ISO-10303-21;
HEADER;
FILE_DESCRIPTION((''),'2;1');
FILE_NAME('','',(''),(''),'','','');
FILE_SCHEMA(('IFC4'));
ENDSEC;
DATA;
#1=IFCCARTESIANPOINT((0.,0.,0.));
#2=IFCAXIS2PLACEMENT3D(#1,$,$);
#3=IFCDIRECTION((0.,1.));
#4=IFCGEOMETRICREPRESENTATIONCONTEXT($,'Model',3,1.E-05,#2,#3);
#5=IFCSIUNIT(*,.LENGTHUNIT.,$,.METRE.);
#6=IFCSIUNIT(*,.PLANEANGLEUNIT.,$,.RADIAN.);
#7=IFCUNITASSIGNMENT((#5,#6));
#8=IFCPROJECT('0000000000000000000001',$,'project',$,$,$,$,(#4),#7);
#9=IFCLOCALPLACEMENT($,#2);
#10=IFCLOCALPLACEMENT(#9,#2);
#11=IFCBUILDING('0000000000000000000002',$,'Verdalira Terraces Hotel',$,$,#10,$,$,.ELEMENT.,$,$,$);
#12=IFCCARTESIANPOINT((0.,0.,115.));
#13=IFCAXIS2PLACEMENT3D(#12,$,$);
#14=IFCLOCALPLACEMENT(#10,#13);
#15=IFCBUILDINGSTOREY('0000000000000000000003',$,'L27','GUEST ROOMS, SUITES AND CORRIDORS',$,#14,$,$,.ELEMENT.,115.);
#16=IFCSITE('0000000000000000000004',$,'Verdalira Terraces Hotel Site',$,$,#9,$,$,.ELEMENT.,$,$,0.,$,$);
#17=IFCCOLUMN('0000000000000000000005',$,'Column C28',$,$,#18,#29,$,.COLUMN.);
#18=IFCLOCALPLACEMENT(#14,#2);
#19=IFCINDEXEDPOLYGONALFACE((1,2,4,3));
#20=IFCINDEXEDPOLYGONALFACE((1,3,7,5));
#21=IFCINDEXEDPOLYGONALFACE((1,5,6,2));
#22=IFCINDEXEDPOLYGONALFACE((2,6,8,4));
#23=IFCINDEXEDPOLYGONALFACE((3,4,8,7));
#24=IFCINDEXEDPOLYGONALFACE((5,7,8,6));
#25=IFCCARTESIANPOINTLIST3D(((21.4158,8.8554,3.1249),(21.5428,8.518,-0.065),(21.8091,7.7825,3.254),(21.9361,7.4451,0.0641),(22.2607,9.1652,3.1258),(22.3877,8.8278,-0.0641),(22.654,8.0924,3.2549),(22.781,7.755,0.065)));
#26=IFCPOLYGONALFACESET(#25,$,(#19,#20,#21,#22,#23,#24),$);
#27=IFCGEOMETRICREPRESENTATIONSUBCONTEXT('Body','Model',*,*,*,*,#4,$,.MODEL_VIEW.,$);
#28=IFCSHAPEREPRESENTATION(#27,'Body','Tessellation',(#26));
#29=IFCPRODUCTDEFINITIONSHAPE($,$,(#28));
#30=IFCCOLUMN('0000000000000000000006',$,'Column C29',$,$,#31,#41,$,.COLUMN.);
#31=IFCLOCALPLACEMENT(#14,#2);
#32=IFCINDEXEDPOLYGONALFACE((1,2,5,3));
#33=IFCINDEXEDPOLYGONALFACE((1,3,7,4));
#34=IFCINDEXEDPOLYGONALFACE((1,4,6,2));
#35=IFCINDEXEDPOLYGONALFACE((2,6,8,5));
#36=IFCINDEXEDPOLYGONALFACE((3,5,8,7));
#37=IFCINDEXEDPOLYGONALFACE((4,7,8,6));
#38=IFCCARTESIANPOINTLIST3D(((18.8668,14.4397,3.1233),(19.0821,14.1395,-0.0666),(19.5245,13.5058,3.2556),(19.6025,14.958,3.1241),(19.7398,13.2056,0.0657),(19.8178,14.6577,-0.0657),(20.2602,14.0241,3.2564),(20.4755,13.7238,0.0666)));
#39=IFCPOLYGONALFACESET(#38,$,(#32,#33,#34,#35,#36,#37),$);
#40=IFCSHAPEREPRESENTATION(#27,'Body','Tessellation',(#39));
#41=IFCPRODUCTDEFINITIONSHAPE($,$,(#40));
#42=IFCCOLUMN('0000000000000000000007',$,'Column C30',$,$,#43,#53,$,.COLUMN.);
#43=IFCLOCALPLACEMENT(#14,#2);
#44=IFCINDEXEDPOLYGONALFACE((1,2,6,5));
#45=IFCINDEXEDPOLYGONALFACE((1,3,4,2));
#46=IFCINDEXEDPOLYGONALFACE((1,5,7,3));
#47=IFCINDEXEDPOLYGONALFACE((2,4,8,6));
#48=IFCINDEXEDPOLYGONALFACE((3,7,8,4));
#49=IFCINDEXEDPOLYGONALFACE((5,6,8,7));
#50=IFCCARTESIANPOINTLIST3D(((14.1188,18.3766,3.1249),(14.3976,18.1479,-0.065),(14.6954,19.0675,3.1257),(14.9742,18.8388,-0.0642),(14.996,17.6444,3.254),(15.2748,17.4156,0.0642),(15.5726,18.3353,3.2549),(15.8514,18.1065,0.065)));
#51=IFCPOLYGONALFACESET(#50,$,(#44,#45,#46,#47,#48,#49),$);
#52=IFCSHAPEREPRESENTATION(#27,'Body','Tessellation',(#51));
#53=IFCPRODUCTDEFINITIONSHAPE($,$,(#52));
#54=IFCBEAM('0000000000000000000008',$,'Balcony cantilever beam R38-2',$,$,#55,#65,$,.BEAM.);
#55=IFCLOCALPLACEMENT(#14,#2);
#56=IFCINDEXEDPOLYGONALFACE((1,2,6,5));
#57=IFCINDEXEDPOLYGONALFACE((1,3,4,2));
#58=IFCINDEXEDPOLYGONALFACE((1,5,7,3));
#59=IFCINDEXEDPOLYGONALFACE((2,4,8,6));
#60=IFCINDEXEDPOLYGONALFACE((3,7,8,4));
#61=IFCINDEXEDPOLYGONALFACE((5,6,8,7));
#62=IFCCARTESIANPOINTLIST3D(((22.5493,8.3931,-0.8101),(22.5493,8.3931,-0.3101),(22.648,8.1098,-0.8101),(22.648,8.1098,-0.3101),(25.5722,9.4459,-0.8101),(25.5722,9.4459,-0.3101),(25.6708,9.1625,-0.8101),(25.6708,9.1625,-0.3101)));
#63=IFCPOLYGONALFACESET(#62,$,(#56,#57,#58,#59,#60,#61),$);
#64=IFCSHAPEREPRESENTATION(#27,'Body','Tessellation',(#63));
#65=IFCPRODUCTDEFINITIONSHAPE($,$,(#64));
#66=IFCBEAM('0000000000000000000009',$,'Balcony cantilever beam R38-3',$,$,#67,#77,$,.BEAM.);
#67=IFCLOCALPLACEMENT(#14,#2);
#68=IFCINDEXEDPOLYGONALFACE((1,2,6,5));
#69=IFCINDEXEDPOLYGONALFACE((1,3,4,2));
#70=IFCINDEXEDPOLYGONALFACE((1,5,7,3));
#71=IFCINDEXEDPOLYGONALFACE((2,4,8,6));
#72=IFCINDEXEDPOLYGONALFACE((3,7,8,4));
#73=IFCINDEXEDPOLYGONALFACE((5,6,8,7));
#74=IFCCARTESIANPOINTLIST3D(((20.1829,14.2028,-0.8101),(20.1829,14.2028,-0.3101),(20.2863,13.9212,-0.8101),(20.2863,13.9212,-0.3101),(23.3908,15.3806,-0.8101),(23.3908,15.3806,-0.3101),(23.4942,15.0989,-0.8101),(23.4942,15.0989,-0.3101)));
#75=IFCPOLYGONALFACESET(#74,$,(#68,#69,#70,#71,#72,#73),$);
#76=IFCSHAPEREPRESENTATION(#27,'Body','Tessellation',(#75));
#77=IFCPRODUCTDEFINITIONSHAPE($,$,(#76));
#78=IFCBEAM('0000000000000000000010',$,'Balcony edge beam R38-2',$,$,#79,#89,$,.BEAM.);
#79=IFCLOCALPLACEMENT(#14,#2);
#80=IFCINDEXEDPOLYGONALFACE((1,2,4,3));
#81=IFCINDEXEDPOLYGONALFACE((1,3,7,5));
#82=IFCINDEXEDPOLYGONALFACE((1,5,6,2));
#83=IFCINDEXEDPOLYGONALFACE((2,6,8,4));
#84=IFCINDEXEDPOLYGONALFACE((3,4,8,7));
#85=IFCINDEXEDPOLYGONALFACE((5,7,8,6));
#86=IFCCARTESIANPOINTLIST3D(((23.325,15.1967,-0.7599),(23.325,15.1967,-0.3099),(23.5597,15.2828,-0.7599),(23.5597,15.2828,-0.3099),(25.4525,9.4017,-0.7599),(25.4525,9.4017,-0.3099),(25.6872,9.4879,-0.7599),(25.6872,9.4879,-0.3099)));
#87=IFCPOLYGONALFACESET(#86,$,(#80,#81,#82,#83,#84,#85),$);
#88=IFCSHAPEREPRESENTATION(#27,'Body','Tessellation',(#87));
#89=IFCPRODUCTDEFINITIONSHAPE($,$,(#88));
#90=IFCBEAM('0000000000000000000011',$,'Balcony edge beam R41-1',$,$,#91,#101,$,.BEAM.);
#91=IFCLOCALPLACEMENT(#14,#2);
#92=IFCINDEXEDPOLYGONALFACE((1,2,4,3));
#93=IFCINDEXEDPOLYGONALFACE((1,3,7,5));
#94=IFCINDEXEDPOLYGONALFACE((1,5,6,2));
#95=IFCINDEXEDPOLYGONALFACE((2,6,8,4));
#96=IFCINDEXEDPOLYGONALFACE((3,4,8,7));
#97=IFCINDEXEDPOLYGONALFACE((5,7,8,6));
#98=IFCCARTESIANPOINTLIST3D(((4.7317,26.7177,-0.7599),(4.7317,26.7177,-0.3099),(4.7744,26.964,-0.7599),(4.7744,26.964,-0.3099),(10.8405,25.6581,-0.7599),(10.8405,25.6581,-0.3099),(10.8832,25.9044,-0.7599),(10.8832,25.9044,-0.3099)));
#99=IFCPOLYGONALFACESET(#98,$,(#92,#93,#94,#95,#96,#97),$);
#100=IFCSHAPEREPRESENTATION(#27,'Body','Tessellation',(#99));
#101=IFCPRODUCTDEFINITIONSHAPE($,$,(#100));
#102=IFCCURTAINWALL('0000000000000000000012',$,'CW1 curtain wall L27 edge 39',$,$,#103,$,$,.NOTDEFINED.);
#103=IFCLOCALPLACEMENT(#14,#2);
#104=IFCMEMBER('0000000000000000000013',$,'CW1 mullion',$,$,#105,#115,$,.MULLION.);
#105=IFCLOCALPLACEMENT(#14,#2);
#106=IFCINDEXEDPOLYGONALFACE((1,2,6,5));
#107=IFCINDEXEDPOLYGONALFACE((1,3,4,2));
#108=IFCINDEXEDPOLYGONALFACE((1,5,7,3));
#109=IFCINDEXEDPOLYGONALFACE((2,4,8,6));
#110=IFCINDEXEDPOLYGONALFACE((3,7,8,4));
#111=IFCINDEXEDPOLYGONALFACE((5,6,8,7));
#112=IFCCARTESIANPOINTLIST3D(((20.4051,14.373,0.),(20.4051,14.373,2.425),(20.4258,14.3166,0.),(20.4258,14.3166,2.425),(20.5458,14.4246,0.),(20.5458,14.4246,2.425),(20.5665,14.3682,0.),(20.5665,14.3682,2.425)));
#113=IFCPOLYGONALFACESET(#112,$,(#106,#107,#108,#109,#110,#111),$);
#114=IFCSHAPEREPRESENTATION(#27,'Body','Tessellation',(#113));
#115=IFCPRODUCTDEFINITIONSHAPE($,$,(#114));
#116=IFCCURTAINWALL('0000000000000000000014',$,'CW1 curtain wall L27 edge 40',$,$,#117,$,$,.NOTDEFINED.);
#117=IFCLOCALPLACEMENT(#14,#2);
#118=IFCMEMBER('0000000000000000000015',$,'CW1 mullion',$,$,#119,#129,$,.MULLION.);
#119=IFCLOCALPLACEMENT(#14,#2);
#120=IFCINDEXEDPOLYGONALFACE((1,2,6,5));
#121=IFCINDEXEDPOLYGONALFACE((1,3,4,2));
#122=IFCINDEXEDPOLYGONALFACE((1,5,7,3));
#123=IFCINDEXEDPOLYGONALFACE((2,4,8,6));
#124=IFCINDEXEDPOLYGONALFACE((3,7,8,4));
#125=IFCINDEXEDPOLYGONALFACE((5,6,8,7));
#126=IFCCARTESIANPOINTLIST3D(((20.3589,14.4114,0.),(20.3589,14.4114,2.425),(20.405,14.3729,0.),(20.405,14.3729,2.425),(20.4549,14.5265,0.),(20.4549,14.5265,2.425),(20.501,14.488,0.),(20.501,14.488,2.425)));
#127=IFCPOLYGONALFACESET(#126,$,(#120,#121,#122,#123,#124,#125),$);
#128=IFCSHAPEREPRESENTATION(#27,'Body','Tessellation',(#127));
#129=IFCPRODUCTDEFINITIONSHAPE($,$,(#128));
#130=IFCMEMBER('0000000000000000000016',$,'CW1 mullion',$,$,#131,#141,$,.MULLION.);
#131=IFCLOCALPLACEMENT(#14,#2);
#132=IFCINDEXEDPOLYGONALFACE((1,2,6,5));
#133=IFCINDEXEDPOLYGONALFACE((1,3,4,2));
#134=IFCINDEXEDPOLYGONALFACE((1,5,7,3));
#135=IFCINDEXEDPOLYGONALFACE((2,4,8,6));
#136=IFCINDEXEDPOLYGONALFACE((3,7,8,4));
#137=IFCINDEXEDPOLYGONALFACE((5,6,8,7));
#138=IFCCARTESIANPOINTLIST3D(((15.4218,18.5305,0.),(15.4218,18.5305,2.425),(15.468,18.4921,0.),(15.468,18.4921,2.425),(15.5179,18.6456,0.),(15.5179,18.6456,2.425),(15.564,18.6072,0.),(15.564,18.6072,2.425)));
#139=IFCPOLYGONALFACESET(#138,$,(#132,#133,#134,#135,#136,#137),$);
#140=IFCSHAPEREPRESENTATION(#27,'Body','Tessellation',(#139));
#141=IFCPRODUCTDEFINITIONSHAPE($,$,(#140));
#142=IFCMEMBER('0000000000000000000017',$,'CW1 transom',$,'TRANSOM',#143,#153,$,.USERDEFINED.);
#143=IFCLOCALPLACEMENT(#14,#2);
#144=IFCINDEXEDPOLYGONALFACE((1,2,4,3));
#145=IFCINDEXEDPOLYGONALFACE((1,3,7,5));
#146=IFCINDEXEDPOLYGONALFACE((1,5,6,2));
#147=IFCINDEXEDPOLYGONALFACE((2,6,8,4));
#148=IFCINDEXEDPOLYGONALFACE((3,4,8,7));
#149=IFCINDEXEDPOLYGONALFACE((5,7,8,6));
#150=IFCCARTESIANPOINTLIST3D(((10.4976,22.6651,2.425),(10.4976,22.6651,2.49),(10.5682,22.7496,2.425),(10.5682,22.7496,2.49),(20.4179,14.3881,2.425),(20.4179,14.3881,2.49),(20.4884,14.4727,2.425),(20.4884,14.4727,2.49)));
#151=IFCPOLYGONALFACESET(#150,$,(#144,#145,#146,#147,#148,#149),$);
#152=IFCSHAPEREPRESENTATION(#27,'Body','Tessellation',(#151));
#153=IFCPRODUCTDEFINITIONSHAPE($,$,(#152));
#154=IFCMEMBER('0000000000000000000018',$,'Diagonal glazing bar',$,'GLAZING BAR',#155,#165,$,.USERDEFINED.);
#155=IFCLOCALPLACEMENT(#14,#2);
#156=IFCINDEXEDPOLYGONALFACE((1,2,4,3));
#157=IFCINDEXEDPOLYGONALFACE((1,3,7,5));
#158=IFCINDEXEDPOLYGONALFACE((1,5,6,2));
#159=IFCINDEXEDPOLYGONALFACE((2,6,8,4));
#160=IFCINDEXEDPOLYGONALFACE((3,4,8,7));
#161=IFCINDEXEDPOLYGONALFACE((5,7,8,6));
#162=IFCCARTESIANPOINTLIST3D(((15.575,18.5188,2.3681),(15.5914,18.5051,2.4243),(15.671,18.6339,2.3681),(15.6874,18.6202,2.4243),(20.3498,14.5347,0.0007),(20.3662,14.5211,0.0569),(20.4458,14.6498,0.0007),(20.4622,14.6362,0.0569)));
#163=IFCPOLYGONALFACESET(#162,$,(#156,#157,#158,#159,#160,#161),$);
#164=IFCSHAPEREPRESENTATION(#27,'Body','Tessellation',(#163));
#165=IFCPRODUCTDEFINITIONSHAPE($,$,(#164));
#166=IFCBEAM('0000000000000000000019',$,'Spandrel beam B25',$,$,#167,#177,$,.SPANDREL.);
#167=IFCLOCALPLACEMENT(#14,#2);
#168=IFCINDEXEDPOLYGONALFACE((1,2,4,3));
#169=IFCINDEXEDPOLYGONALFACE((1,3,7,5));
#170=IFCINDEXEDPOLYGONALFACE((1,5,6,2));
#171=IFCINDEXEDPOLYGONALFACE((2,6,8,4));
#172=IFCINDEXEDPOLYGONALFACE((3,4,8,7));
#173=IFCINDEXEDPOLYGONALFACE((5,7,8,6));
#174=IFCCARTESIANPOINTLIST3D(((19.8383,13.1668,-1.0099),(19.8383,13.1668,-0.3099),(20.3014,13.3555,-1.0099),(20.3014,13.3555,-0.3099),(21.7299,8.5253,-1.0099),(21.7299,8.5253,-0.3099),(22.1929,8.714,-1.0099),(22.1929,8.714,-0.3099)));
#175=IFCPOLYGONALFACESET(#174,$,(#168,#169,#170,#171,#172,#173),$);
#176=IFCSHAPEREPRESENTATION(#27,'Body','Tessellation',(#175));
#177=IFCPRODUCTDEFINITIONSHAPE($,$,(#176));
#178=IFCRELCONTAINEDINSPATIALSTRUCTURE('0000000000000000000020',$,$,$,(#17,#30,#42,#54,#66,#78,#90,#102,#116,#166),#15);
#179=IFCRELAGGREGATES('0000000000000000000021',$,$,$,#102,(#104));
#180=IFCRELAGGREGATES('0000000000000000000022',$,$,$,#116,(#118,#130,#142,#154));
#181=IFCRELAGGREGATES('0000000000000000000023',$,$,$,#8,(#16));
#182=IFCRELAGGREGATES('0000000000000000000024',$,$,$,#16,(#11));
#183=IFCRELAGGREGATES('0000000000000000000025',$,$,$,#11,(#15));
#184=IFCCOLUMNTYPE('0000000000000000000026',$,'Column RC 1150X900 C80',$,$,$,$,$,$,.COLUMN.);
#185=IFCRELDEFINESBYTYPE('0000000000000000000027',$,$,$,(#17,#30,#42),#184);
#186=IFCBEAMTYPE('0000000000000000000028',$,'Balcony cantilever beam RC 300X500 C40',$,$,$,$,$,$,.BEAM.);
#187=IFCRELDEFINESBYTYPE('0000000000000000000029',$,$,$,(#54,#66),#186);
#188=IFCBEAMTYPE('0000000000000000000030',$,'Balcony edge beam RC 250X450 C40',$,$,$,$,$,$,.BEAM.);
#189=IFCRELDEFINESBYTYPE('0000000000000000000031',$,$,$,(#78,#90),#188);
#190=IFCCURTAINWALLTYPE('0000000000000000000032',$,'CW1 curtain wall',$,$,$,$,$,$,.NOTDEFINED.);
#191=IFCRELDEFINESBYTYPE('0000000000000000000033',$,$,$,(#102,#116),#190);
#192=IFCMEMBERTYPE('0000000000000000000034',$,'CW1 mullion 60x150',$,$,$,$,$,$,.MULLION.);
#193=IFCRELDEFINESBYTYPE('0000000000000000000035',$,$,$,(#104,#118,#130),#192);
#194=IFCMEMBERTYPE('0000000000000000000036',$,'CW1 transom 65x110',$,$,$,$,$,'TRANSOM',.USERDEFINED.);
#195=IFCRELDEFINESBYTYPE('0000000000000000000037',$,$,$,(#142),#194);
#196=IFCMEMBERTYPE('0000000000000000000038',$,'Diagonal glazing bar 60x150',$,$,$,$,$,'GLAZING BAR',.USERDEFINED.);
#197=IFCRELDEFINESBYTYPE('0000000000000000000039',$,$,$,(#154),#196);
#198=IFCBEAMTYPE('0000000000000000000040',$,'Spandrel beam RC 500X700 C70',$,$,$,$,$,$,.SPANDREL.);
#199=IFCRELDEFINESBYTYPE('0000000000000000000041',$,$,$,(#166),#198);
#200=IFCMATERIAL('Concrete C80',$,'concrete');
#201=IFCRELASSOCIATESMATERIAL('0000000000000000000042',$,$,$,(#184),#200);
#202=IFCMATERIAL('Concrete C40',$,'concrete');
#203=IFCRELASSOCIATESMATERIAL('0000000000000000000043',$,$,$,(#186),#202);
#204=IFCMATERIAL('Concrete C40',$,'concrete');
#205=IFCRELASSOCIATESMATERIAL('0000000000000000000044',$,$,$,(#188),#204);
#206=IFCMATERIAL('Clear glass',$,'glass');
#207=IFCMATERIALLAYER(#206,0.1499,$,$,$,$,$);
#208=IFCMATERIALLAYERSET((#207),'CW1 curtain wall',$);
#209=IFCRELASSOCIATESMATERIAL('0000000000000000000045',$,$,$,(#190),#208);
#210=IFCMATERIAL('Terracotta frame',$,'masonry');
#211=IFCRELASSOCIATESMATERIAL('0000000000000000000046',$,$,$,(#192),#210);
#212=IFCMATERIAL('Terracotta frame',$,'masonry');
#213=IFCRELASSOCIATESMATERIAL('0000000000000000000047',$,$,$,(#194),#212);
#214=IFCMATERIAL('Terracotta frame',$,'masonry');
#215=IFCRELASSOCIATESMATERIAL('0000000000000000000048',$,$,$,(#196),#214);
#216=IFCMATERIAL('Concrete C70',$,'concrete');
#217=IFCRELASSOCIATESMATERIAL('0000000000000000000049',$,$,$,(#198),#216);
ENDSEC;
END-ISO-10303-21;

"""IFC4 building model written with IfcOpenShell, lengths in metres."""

from ifc_helpers import new_model, si_unit, direction, frame, origin, origin_2d, place, context, subcontext, project, spatial, rectangle, extrude, material, layer, layer_set, material_profile, profile_set, type_object, element, aggregate, save


model = new_model("IFC4")

# Units and contexts
model_context = context("Model", 3, precision=1e-05, world=origin(), true_north=direction((0.0, 1.0)))
body_context = subcontext(model_context, "Body", "Model", "MODEL_VIEW")
ifc_project = project(units=[si_unit("LENGTHUNIT", "METRE"), si_unit("PLANEANGLEUNIT", "RADIAN")], contexts=[model_context])

# Site, building, storey
site_placement = place(None, origin())
site = spatial("IfcSite", under=ifc_project, at=site_placement, Name="Verdalira Terraces Hotel Site", CompositionType="ELEMENT", RefElevation=0.0)
building_placement = place(site_placement, origin())
building = spatial("IfcBuilding", under=site, at=building_placement, Name="Verdalira Terraces Hotel", CompositionType="ELEMENT")
storey_placement = place(building_placement, frame((0.0, 0.0, 115.0)))
storey = spatial("IfcBuildingStorey", under=building, at=storey_placement, Name="L27", Description="GUEST ROOMS, SUITES AND CORRIDORS", CompositionType="ELEMENT", Elevation=115.0)

# Columns
ifc_material_1 = material(Name="Concrete C80", Category="concrete")
ifc_material_profile_1 = material_profile(ifc_material_1, rectangle(XDim=1.1499, YDim=0.8999, at=origin_2d()), Name="RC 1150X900")
ifc_profile_set_1 = profile_set([ifc_material_profile_1], Name="Concrete C80")
column_type = type_object("IfcColumnType", Name="Column RC 1150X900 C80", PredefinedType="COLUMN", material=ifc_profile_set_1)
column_1_placement = place(storey_placement, frame((22.1619, 8.1365, 0.0), z_axis=(-0.039546, 0.105102, 0.993675), x_axis=(-0.342031, 0.932955, -0.112291)))
element("IfcColumn", 1, at=column_1_placement, inside=storey, type_object=column_type, Name="Column C28", PredefinedType="COLUMN", context=body_context, shape_type="SweptSolid", body=[
    extrude(rectangle(XDim=1.1499, YDim=0.8999, at=origin_2d()), origin(), (0.0, 0.0, 1.0), 3.2102),
])
column_2_placement = place(storey_placement, frame((19.7788, 13.9316, 0.0), z_axis=(-0.067055, 0.093512, 0.993357), x_axis=(0.571992, -0.812148, 0.115065)))
element("IfcColumn", 2, at=column_2_placement, inside=storey, type_object=column_type, Name="Column C29", PredefinedType="COLUMN", context=body_context, shape_type="SweptSolid", body=[
    extrude(rectangle(XDim=1.1499, YDim=0.8999, at=origin_2d()), origin(), (0.0, 0.0, 1.0), 3.2112),
])
column_3_placement = place(storey_placement, frame((15.1245, 18.1272, 0.0), z_axis=(-0.086849, 0.071259, 0.99367), x_axis=(-0.762813, 0.636787, -0.112337)))
element("IfcColumn", 3, at=column_3_placement, inside=storey, type_object=column_type, Name="Column C30", PredefinedType="COLUMN", context=body_context, shape_type="SweptSolid", body=[
    extrude(rectangle(XDim=1.1499, YDim=0.8999, at=origin_2d()), origin(), (0.0, 0.0, 1.0), 3.2102),
])

# Beams
ifc_material_2 = material(Name="Concrete C40", Category="concrete")
ifc_material_profile_2 = material_profile(ifc_material_2, rectangle(XDim=0.3, YDim=0.5, at=origin_2d()), Name="RC 300X500")
ifc_profile_set_2 = profile_set([ifc_material_profile_2], Name="Concrete C40")
beam_type_1 = type_object("IfcBeamType", Name="Balcony cantilever beam RC 300X500 C40", PredefinedType="BEAM", material=ifc_profile_set_2)
beam_1_placement = place(storey_placement, frame((22.5986, 8.2515, -0.5601), z_axis=(0.944373, 0.328876, 0.0), x_axis=(-0.328876, 0.944373, 0.0)))
element("IfcBeam", 4, at=beam_1_placement, inside=storey, type_object=beam_type_1, Name="Balcony cantilever beam R38-2", PredefinedType="BEAM", context=body_context, shape_type="SweptSolid", body=[
    extrude(rectangle(XDim=0.3, YDim=0.5, at=origin_2d()), origin(), (0.0, 0.0, 1.0), 3.2009),
])
beam_2_placement = place(storey_placement, frame((20.2346, 14.062, -0.5601), z_axis=(0.938729, 0.344656, 0.0), x_axis=(-0.344656, 0.938729, 0.0)))
element("IfcBeam", 5, at=beam_2_placement, inside=storey, type_object=beam_type_1, Name="Balcony cantilever beam R38-3", PredefinedType="BEAM", context=body_context, shape_type="SweptSolid", body=[
    extrude(rectangle(XDim=0.3, YDim=0.5, at=origin_2d()), origin(), (0.0, 0.0, 1.0), 3.4172),
])
ifc_material_3 = material(Name="Concrete C40", Category="concrete")
ifc_material_profile_3 = material_profile(ifc_material_3, rectangle(XDim=0.25, YDim=0.45, at=origin_2d()), Name="RC 250X450")
ifc_profile_set_3 = profile_set([ifc_material_profile_3], Name="Concrete C40")
beam_type_2 = type_object("IfcBeamType", Name="Balcony edge beam RC 250X450 C40", PredefinedType="BEAM", material=ifc_profile_set_3)
beam_3_placement = place(storey_placement, frame((25.5698, 9.4448, -0.5349), z_axis=(-0.344631, 0.938738, 0.0), x_axis=(-0.938738, -0.344631, 0.0)))
element("IfcBeam", 6, at=beam_3_placement, inside=storey, type_object=beam_type_2, Name="Balcony edge beam R38-2", PredefinedType="BEAM", context=body_context, shape_type="SweptSolid", body=[
    extrude(rectangle(XDim=0.25, YDim=0.45, at=origin_2d()), origin(), (0.0, 0.0, 1.0), 6.1731),
])
beam_4_placement = place(storey_placement, frame((10.8618, 25.7812, -0.5349), z_axis=(-0.985288, 0.170902, 0.0), x_axis=(-0.170902, -0.985288, 0.0)))
element("IfcBeam", 7, at=beam_4_placement, inside=storey, type_object=beam_type_2, Name="Balcony edge beam R41-1", PredefinedType="BEAM", context=body_context, shape_type="SweptSolid", body=[
    extrude(rectangle(XDim=0.25, YDim=0.45, at=origin_2d()), origin(), (0.0, 0.0, 1.0), 6.2),
])

# Curtain wall, member
ifc_material_4 = material(Name="Clear glass", Category="glass")
ifc_layer_1 = layer(ifc_material_4, 0.1499)
ifc_layer_set_1 = layer_set([ifc_layer_1], Name="CW1 curtain wall")
curtain_wall_type = type_object("IfcCurtainWallType", Name="CW1 curtain wall", PredefinedType="NOTDEFINED", material=ifc_layer_set_1)
curtain_wall_1_placement = place(storey_placement, origin())
curtain_wall_1 = element("IfcCurtainWall", 8, at=curtain_wall_1_placement, inside=storey, type_object=curtain_wall_type, Name="CW1 curtain wall L27 edge 39", PredefinedType="NOTDEFINED")
ifc_material_5 = material(Name="Terracotta frame", Category="masonry")
ifc_material_profile_4 = material_profile(ifc_material_5, rectangle(XDim=0.0601, YDim=0.1499, at=origin_2d()), Name="MU 60x150")
ifc_profile_set_4 = profile_set([ifc_material_profile_4], Name="Terracotta frame")
member_type_1 = type_object("IfcMemberType", Name="CW1 mullion 60x150", PredefinedType="MULLION", material=ifc_profile_set_4)
member_1_placement = place(storey_placement, frame((20.4858, 14.3706, 0.0), z_axis=(0.0, 0.0, 1.0), x_axis=(-0.344643, 0.938734, 0.0)))
member_1 = element("IfcMember", 9, at=member_1_placement, type_object=member_type_1, Name="CW1 mullion", PredefinedType="MULLION", context=body_context, shape_type="SweptSolid", body=[
    extrude(rectangle(XDim=0.0601, YDim=0.1499, at=origin_2d()), origin(), (0.0, 0.0, 1.0), 2.425),
])

# Curtain wall, members
curtain_wall_2_placement = place(storey_placement, origin())
curtain_wall_2 = element("IfcCurtainWall", 10, at=curtain_wall_2_placement, inside=storey, type_object=curtain_wall_type, Name="CW1 curtain wall L27 edge 40", PredefinedType="NOTDEFINED")
member_2_placement = place(storey_placement, frame((20.4299, 14.4497, 0.0), z_axis=(0.0, 0.0, 1.0), x_axis=(-0.767836, 0.640646, 0.0)))
member_2 = element("IfcMember", 11, at=member_2_placement, type_object=member_type_1, Name="CW1 mullion", PredefinedType="MULLION", context=body_context, shape_type="SweptSolid", body=[
    extrude(rectangle(XDim=0.0601, YDim=0.1499, at=origin_2d()), origin(), (0.0, 0.0, 1.0), 2.425),
])
member_3_placement = place(storey_placement, frame((15.4929, 18.5688, 0.0), z_axis=(0.0, 0.0, 1.0), x_axis=(-0.767836, 0.640646, 0.0)))
member_3 = element("IfcMember", 12, at=member_3_placement, type_object=member_type_1, Name="CW1 mullion", PredefinedType="MULLION", context=body_context, shape_type="SweptSolid", body=[
    extrude(rectangle(XDim=0.0601, YDim=0.1499, at=origin_2d()), origin(), (0.0, 0.0, 1.0), 2.425),
])
ifc_material_6 = material(Name="Terracotta frame", Category="masonry")
ifc_material_profile_5 = material_profile(ifc_material_6, rectangle(XDim=0.1101, YDim=0.0649, at=origin_2d()), Name="TR 65x110")
ifc_profile_set_5 = profile_set([ifc_material_profile_5], Name="Terracotta frame")
member_type_2 = type_object("IfcMemberType", Name="CW1 transom 65x110", ElementType="TRANSOM", PredefinedType="USERDEFINED", material=ifc_profile_set_5)
member_4_placement = place(storey_placement, frame((20.4531, 14.4304, 2.4575), z_axis=(-0.767839, 0.640643, 0.0), x_axis=(-0.640643, -0.767839, 0.0)))
member_4 = element("IfcMember", 13, at=member_4_placement, type_object=member_type_2, Name="CW1 transom", ObjectType="TRANSOM", PredefinedType="USERDEFINED", context=body_context, shape_type="SweptSolid", body=[
    extrude(rectangle(XDim=0.1101, YDim=0.0649, at=origin_2d()), origin(), (0.0, 0.0, 1.0), 12.9197),
])
ifc_material_7 = material(Name="Terracotta frame", Category="masonry")
ifc_material_profile_6 = material_profile(ifc_material_7, rectangle(XDim=0.1499, YDim=0.0601, at=origin_2d()), Name="GB 60x150")
ifc_profile_set_6 = profile_set([ifc_material_profile_6], Name="Terracotta frame")
member_type_3 = type_object("IfcMemberType", Name="Diagonal glazing bar 60x150", ElementType="GLAZING BAR", PredefinedType="USERDEFINED", material=ifc_profile_set_6)
member_5_placement = place(storey_placement, frame((20.406, 14.5854, 0.0288), z_axis=(-0.717583, 0.598744, 0.355783), x_axis=(-0.640663, -0.767822, 0.0)))
member_5 = element("IfcMember", 14, at=member_5_placement, type_object=member_type_3, Name="Diagonal glazing bar", ObjectType="GLAZING BAR", PredefinedType="USERDEFINED", context=body_context, shape_type="SweptSolid", body=[
    extrude(rectangle(XDim=0.1499, YDim=0.0601, at=origin_2d()), origin(), (0.0, 0.0, 1.0), 6.6541),
])

# Beam
ifc_material_8 = material(Name="Concrete C70", Category="concrete")
ifc_material_profile_7 = material_profile(ifc_material_8, rectangle(XDim=0.5, YDim=0.7, at=origin_2d()), Name="RC 500X700")
ifc_profile_set_7 = profile_set([ifc_material_profile_7], Name="Concrete C70")
beam_type_3 = type_object("IfcBeamType", Name="Spandrel beam RC 500X700 C70", PredefinedType="SPANDREL", material=ifc_profile_set_7)
beam_5_placement = place(storey_placement, frame((21.9614, 8.6196, -0.6599), z_axis=(-0.377396, 0.926052, 0.0), x_axis=(-0.926052, -0.377396, 0.0)))
element("IfcBeam", 15, at=beam_5_placement, inside=storey, type_object=beam_type_3, Name="Spandrel beam B25", PredefinedType="SPANDREL", context=body_context, shape_type="SweptSolid", body=[
    extrude(rectangle(XDim=0.5, YDim=0.7, at=origin_2d()), origin(), (0.0, 0.0, 1.0), 5.0122),
])

aggregate(curtain_wall_1, [member_1])
aggregate(curtain_wall_2, [member_2, member_3, member_4, member_5])

save(model, "model.ifc")
